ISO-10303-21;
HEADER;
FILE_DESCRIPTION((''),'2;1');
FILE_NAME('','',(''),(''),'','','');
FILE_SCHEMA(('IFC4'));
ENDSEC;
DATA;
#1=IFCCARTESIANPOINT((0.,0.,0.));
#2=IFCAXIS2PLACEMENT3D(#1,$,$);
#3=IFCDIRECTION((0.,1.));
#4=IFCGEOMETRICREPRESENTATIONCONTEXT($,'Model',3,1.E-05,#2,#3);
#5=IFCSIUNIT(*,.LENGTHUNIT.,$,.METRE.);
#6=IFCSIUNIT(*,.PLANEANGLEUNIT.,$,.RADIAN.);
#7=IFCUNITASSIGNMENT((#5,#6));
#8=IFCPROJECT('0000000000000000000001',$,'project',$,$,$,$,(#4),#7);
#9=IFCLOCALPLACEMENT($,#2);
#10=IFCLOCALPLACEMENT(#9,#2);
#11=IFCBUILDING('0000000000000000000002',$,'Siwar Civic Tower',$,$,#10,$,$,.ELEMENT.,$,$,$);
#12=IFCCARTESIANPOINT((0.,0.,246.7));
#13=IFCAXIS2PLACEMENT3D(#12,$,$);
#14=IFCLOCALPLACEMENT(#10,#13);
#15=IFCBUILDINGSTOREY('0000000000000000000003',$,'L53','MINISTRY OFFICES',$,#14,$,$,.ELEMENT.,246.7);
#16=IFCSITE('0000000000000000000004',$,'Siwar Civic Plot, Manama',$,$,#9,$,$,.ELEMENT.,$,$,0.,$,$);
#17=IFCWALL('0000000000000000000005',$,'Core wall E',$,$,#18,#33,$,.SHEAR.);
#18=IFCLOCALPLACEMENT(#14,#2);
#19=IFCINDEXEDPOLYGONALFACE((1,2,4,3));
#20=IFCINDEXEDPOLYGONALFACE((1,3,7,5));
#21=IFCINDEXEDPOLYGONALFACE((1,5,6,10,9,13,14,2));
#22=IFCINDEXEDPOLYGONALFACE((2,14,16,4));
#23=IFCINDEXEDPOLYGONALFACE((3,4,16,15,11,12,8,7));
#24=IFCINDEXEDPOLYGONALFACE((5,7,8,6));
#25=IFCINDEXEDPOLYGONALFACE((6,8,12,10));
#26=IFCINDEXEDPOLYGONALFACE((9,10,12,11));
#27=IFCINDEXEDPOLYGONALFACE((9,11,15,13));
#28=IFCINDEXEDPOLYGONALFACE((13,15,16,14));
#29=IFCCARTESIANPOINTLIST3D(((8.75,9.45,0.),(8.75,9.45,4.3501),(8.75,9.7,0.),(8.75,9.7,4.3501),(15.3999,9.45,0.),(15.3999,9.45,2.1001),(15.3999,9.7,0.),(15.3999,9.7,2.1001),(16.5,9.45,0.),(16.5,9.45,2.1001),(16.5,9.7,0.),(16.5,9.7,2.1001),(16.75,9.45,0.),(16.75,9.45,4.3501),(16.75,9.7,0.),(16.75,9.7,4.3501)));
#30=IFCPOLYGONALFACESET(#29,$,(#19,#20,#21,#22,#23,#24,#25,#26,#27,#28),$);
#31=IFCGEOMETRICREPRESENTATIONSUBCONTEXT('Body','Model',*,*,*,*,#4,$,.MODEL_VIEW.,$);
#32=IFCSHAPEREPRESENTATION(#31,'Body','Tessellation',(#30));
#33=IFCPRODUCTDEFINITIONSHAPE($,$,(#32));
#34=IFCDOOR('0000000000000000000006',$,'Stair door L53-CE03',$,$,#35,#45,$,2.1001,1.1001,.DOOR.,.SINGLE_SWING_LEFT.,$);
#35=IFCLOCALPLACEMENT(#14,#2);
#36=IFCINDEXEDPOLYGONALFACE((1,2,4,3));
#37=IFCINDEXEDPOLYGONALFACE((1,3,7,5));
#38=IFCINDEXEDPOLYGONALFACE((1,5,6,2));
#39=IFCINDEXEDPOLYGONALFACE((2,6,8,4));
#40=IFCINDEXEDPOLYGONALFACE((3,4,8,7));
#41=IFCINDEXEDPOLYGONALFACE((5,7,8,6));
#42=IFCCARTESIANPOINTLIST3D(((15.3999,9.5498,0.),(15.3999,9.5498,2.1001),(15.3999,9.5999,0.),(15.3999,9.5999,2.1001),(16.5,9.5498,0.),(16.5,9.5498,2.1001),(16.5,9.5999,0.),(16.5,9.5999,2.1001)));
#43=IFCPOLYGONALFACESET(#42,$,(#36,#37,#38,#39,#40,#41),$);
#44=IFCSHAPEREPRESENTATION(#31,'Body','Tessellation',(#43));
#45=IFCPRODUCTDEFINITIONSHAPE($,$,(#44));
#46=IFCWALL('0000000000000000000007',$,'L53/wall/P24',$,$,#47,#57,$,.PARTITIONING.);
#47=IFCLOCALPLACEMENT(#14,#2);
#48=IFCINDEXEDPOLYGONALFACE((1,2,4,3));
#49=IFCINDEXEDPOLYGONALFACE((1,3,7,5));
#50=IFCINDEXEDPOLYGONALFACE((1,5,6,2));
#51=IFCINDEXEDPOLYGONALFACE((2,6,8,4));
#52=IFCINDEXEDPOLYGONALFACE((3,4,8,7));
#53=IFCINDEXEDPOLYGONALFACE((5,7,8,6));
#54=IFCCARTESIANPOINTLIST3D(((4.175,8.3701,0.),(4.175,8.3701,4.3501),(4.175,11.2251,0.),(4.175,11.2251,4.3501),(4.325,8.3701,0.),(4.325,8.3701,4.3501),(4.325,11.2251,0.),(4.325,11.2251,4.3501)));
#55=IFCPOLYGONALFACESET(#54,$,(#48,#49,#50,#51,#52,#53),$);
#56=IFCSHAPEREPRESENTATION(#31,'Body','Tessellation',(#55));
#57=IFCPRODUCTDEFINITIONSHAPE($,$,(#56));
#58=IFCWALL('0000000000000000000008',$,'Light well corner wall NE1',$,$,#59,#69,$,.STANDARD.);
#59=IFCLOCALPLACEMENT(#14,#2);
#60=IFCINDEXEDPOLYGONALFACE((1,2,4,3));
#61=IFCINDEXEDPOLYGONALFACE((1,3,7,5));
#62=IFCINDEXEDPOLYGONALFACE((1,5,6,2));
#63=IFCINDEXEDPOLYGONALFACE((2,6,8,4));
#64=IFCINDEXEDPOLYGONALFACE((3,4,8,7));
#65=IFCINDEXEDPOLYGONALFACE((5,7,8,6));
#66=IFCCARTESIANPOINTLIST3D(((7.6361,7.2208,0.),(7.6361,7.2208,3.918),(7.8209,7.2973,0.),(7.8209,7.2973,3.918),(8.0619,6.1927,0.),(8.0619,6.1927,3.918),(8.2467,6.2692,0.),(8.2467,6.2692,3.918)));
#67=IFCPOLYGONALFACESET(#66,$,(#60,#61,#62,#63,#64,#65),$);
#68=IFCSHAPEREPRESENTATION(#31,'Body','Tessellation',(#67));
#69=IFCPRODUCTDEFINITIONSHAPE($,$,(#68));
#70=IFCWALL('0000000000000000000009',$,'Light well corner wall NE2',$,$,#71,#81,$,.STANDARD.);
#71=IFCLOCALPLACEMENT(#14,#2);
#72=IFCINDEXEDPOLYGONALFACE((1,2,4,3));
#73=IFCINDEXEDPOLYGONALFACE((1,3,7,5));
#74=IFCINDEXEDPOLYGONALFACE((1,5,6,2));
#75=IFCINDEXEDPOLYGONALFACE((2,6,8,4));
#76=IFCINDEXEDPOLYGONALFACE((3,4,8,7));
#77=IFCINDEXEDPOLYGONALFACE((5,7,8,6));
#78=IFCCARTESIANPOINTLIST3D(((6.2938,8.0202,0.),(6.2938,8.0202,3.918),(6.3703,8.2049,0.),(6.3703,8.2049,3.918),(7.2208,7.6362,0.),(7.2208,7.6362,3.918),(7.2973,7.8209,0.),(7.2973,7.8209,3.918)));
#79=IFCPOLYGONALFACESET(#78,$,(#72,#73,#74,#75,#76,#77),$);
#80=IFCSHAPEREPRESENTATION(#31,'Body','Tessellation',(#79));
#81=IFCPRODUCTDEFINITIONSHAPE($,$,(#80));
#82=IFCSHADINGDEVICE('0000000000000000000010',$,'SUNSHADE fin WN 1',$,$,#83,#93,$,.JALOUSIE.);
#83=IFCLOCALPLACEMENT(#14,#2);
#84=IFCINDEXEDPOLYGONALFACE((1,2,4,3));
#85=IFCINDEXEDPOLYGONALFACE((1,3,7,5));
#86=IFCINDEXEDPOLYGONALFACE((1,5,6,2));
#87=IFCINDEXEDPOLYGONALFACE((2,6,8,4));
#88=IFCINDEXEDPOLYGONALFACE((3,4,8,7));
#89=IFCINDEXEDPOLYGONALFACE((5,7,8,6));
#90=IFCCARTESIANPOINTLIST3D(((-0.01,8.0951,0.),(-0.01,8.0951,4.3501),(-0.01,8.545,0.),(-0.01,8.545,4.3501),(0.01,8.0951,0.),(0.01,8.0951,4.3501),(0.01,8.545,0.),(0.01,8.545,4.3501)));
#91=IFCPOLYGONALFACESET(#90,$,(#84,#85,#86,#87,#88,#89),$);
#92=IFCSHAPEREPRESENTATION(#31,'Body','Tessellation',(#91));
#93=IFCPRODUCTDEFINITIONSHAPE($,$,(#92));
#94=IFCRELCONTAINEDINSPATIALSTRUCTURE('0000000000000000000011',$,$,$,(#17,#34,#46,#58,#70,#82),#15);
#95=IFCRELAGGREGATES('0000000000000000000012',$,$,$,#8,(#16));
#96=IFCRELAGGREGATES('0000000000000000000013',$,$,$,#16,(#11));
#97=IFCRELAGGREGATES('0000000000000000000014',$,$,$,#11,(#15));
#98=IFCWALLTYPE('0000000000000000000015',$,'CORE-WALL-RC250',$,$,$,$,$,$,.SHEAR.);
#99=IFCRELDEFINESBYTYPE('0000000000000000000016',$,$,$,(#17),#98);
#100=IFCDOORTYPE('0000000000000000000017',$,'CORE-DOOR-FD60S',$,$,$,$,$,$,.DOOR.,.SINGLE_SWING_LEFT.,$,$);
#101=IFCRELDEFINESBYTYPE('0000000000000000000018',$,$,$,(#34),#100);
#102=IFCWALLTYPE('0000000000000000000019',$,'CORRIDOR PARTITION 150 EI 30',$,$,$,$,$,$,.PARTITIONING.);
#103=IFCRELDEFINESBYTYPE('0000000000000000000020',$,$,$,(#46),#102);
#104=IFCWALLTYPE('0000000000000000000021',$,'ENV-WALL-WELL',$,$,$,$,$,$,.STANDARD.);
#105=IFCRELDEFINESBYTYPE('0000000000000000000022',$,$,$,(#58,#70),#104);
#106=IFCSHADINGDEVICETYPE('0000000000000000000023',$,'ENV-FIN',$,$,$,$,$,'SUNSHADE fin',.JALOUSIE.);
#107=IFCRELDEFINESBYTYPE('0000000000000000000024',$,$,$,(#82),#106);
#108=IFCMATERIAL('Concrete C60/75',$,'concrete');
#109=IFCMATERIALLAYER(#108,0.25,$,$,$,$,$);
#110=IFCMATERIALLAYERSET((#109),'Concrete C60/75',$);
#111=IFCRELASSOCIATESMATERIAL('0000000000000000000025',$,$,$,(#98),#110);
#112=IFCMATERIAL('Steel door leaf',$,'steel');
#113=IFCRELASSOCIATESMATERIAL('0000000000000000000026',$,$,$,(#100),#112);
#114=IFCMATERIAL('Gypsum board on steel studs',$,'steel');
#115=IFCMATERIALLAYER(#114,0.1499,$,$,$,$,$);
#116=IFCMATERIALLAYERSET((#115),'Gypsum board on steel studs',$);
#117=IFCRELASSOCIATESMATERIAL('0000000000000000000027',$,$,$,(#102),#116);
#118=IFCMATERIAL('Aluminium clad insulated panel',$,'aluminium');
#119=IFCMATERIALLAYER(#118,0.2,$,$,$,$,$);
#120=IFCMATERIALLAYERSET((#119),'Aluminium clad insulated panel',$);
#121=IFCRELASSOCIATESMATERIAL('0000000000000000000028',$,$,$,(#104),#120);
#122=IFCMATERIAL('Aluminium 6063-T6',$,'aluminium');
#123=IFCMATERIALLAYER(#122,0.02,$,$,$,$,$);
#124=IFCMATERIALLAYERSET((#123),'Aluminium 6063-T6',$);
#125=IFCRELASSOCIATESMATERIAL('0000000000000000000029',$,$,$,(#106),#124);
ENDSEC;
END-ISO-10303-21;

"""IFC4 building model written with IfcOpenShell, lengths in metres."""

from ifc_helpers import new_model, si_unit, direction, frame, frame_2d, origin, origin_2d, place, context, subcontext, project, spatial, rectangle, extrude, material, layer, layer_set, type_object, element, fill, save


model = new_model("IFC4")

# Units and contexts
model_context = context("Model", 3, precision=1e-05, world=origin(), true_north=direction((0.0, 1.0)))
body_context = subcontext(model_context, "Body", "Model", "MODEL_VIEW")
ifc_project = project(units=[si_unit("LENGTHUNIT", "METRE"), si_unit("PLANEANGLEUNIT", "RADIAN")], contexts=[model_context])

# Site, building, storey
site_placement = place(None, origin())
site = spatial("IfcSite", under=ifc_project, at=site_placement, Name="Siwar Civic Plot, Manama", CompositionType="ELEMENT", RefElevation=0.0)
building_placement = place(site_placement, origin())
building = spatial("IfcBuilding", under=site, at=building_placement, Name="Siwar Civic Tower", CompositionType="ELEMENT")
storey_placement = place(building_placement, frame((0.0, 0.0, 246.7)))
storey = spatial("IfcBuildingStorey", under=building, at=storey_placement, Name="L53", Description="MINISTRY OFFICES", CompositionType="ELEMENT", Elevation=246.7)

# Shared definitions
ifc_material_1 = material(Name="Concrete C60/75", Category="concrete")
ifc_layer_1 = layer(ifc_material_1, 0.25)
ifc_layer_set_1 = layer_set([ifc_layer_1], Name="Concrete C60/75")
wall_type_1 = type_object("IfcWallType", Name="CORE-WALL-RC250", PredefinedType="SHEAR", material=ifc_layer_set_1)

# Wall, opening, door
wall_1_placement = place(storey_placement, frame((8.75, 9.575, 0.0), z_axis=(0.0, 0.0, 1.0), x_axis=(1.0, 0.0, 0.0)))
wall_1 = element("IfcWall", 1, at=wall_1_placement, inside=storey, type_object=wall_type_1, Name="Core wall E", PredefinedType="SHEAR", context=body_context, shape_type="SweptSolid", body=[
    extrude(rectangle(XDim=8.0, YDim=0.25, at=frame_2d((4.0, 0.0))), origin(), (0.0, 0.0, 1.0), 4.3501),
])
opening_1_placement = place(wall_1_placement, frame((6.6499, 0.0, 0.0)))
opening_1 = element("IfcOpeningElement", 2, at=opening_1_placement, cuts=wall_1, PredefinedType="OPENING", context=body_context, shape_type="SweptSolid", body=[
    extrude(rectangle(XDim=1.1001, YDim=2.1001, at=frame_2d((0.55, 1.05))), frame((0.0, 0.135, 0.0), z_axis=(0.0, -1.0, 0.0), x_axis=(1.0, 0.0, 0.0)), (0.0, 0.0, 1.0), 0.27),
])
ifc_material_2 = material(Name="Steel door leaf", Category="steel")
door_type_1 = type_object("IfcDoorType", Name="CORE-DOOR-FD60S", OperationType="SINGLE_SWING_LEFT", PredefinedType="DOOR", material=ifc_material_2)
door_1_placement = place(opening_1_placement, origin())
door_1 = element("IfcDoor", 3, at=door_1_placement, inside=storey, type_object=door_type_1, Name="Stair door L53-CE03", OperationType="SINGLE_SWING_LEFT", OverallHeight=2.1001, OverallWidth=1.1001, PredefinedType="DOOR", context=body_context, shape_type="SweptSolid", body=[
    extrude(rectangle(XDim=1.1001, YDim=2.1001, at=frame_2d((0.55, 1.05))), frame((0.0, 0.0249, 0.0), z_axis=(0.0, -1.0, 0.0), x_axis=(1.0, 0.0, 0.0)), (0.0, 0.0, 1.0), 0.05),
])
fill(opening_1, door_1)

# Walls
ifc_material_3 = material(Name="Gypsum board on steel studs", Category="steel")
ifc_layer_2 = layer(ifc_material_3, 0.1499)
ifc_layer_set_2 = layer_set([ifc_layer_2], Name="Gypsum board on steel studs")
wall_type_2 = type_object("IfcWallType", Name="CORRIDOR PARTITION 150 EI 30", PredefinedType="PARTITIONING", material=ifc_layer_set_2)
wall_2_placement = place(storey_placement, frame((4.25, 8.3701, 0.0), z_axis=(0.0, 0.0, 1.0), x_axis=(0.0, 1.0, 0.0)))
element("IfcWall", 4, at=wall_2_placement, inside=storey, type_object=wall_type_2, Name="L53/wall/P24", PredefinedType="PARTITIONING", context=body_context, shape_type="SweptSolid", body=[
    extrude(rectangle(XDim=2.855, YDim=0.1499, at=frame_2d((1.4275, 0.0))), origin(), (0.0, 0.0, 1.0), 4.3501),
])
ifc_material_4 = material(Name="Aluminium clad insulated panel", Category="aluminium")
ifc_layer_3 = layer(ifc_material_4, 0.2)
ifc_layer_set_3 = layer_set([ifc_layer_3], Name="Aluminium clad insulated panel")
wall_type_3 = type_object("IfcWallType", Name="ENV-WALL-WELL", PredefinedType="STANDARD", material=ifc_layer_set_3)
wall_3_placement = place(storey_placement, frame((8.1543, 6.231, 0.0), z_axis=(0.0, 0.0, 1.0), x_axis=(-0.382636, 0.923899, 0.0)))
element("IfcWall", 5, at=wall_3_placement, inside=storey, type_object=wall_type_3, Name="Light well corner wall NE1", PredefinedType="STANDARD", context=body_context, shape_type="SweptSolid", body=[
    extrude(rectangle(XDim=1.1128, YDim=0.2, at=frame_2d((0.5564, 0.0))), origin(), (0.0, 0.0, 1.0), 3.918),
])
wall_4_placement = place(storey_placement, frame((7.259, 7.7285, 0.0), z_axis=(0.0, 0.0, 1.0), x_axis=(-0.92386, 0.382731, 0.0)))
element("IfcWall", 6, at=wall_4_placement, inside=storey, type_object=wall_type_3, Name="Light well corner wall NE2", PredefinedType="STANDARD", context=body_context, shape_type="SweptSolid", body=[
    extrude(rectangle(XDim=1.0034, YDim=0.2, at=frame_2d((0.5017, 0.0))), origin(), (0.0, 0.0, 1.0), 3.918),
])

# Shading device
ifc_material_5 = material(Name="Aluminium 6063-T6", Category="aluminium")
ifc_layer_4 = layer(ifc_material_5, 0.02)
ifc_layer_set_4 = layer_set([ifc_layer_4], Name="Aluminium 6063-T6")
shading_device_type = type_object("IfcShadingDeviceType", Name="ENV-FIN", ElementType="SUNSHADE fin", PredefinedType="JALOUSIE", material=ifc_layer_set_4)
shading_device_placement = place(storey_placement, frame((0.0, 8.3201, 0.0), z_axis=(0.0, 0.0, 1.0), x_axis=(-1.0, 0.0, 0.0)))
element("IfcShadingDevice", 7, at=shading_device_placement, inside=storey, type_object=shading_device_type, Name="SUNSHADE fin WN 1", PredefinedType="JALOUSIE", context=body_context, shape_type="SweptSolid", body=[
    extrude(rectangle(XDim=0.02, YDim=0.45, at=origin_2d()), origin(), (0.0, 0.0, 1.0), 4.3501),
])

save(model, "model.ifc")
